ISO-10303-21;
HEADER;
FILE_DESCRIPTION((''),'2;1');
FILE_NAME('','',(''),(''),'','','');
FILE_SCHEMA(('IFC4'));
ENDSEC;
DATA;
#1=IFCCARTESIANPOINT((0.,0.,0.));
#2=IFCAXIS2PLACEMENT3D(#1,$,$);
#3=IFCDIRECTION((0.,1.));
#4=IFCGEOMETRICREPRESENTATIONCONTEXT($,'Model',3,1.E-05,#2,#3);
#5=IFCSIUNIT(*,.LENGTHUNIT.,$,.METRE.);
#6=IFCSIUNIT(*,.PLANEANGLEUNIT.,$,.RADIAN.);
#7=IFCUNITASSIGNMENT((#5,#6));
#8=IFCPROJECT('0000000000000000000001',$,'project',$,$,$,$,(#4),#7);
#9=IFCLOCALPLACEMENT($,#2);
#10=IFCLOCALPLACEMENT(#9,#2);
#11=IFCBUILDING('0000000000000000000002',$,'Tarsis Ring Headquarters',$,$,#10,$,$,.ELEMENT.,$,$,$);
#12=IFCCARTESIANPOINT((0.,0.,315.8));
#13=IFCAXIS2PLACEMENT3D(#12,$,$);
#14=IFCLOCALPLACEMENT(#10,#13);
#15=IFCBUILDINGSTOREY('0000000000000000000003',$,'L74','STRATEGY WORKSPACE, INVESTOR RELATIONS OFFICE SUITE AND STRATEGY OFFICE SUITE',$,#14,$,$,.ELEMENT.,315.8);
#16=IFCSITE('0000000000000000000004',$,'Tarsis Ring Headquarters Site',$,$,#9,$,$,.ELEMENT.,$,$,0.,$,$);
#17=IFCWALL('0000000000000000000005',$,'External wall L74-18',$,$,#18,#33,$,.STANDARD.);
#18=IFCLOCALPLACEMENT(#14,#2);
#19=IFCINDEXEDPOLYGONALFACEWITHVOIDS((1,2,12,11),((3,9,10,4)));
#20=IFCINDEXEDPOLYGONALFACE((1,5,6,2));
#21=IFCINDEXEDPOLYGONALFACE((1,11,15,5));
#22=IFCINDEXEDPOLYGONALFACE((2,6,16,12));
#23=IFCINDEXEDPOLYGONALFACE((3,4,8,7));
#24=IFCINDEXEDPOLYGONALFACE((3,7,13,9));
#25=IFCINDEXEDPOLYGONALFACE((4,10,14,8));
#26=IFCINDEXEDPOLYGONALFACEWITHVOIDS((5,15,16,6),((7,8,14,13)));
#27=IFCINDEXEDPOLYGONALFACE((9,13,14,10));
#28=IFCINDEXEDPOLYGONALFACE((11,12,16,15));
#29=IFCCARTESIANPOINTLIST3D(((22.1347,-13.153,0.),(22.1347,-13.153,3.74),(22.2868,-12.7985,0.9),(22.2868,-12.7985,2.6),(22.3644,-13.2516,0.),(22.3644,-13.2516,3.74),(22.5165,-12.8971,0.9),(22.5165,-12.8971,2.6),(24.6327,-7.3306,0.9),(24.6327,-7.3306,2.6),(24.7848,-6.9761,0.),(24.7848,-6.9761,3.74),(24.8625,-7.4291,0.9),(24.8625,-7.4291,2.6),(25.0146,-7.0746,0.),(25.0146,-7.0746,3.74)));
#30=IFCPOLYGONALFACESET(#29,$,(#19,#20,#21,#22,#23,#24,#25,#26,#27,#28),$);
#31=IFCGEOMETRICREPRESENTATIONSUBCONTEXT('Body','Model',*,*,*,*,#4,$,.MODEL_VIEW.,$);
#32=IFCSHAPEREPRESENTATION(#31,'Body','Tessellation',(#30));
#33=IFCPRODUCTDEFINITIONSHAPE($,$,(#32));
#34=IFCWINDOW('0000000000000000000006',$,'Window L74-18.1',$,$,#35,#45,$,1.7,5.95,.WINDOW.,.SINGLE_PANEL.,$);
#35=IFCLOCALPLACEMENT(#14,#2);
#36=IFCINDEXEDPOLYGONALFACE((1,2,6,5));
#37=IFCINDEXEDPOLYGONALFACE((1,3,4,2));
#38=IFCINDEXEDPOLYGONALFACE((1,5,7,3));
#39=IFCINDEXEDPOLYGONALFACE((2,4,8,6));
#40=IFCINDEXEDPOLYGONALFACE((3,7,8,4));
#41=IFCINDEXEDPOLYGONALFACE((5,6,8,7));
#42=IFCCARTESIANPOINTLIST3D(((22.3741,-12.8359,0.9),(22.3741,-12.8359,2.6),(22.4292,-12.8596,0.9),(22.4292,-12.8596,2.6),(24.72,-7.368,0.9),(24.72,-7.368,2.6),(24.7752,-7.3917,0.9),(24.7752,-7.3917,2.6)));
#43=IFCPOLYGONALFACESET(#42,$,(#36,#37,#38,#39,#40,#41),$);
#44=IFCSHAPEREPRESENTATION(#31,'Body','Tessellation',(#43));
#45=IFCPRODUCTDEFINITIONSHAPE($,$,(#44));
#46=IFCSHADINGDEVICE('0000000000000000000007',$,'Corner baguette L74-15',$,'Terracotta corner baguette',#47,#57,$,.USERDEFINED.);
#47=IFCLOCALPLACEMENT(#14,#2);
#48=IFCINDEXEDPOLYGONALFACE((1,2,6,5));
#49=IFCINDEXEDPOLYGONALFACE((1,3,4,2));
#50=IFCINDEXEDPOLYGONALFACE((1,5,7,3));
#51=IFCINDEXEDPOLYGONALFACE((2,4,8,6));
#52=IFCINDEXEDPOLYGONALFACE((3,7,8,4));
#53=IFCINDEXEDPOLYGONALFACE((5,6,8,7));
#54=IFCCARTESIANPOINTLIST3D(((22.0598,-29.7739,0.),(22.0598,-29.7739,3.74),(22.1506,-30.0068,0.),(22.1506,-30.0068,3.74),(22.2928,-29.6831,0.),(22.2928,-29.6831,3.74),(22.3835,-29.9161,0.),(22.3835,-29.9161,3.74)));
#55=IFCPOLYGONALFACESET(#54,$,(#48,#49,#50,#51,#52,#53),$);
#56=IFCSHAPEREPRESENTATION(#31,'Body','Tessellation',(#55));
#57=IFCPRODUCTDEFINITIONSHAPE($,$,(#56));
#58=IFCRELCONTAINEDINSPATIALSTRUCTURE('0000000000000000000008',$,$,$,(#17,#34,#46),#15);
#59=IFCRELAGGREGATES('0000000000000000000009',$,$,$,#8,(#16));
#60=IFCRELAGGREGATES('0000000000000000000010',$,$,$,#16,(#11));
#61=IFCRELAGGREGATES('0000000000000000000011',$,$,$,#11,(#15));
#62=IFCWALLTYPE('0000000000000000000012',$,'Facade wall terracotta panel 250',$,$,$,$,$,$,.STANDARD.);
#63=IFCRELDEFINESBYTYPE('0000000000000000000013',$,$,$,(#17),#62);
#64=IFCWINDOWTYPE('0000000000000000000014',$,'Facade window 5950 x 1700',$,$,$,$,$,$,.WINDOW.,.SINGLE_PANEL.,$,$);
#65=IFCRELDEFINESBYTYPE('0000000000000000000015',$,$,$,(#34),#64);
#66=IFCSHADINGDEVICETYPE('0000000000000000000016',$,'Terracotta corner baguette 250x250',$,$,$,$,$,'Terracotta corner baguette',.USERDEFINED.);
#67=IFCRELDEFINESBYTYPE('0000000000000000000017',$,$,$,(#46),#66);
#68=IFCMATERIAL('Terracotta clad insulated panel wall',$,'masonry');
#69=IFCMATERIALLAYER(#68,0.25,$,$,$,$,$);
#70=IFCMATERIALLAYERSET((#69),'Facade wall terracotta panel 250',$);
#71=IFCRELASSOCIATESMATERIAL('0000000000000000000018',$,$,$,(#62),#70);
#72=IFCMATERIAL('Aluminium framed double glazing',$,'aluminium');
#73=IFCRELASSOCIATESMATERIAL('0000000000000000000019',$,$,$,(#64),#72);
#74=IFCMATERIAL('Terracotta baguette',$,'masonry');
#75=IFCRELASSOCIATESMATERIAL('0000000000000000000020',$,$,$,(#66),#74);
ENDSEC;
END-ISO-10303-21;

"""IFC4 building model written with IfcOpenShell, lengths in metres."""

from ifc_helpers import new_model, si_unit, direction, frame, frame_2d, origin, origin_2d, place, context, subcontext, project, spatial, rectangle, extrude, material, layer, layer_set, type_object, element, fill, save


model = new_model("IFC4")

# Units and contexts
model_context = context("Model", 3, precision=1e-05, world=origin(), true_north=direction((0.0, 1.0)))
body_context = subcontext(model_context, "Body", "Model", "MODEL_VIEW")
ifc_project = project(units=[si_unit("LENGTHUNIT", "METRE"), si_unit("PLANEANGLEUNIT", "RADIAN")], contexts=[model_context])

# Site, building, storey
site_placement = place(None, origin())
site = spatial("IfcSite", under=ifc_project, at=site_placement, Name="Tarsis Ring Headquarters Site", CompositionType="ELEMENT", RefElevation=0.0)
building_placement = place(site_placement, origin())
building = spatial("IfcBuilding", under=site, at=building_placement, Name="Tarsis Ring Headquarters", CompositionType="ELEMENT")
storey_placement = place(building_placement, frame((0.0, 0.0, 315.8)))
storey = spatial("IfcBuildingStorey", under=building, at=storey_placement, Name="L74", Description="STRATEGY WORKSPACE, INVESTOR RELATIONS OFFICE SUITE AND STRATEGY OFFICE SUITE", CompositionType="ELEMENT", Elevation=315.8)

# Wall, opening, window
ifc_material_1 = material(Name="Terracotta clad insulated panel wall", Category="masonry")
ifc_layer_1 = layer(ifc_material_1, 0.25)
ifc_layer_set_1 = layer_set([ifc_layer_1], Name="Facade wall terracotta panel 250")
wall_type_1 = type_object("IfcWallType", Name="Facade wall terracotta panel 250", PredefinedType="STANDARD", material=ifc_layer_set_1)
ifc_material_2 = material(Name="Aluminium framed double glazing", Category="aluminium")
wall_1_placement = place(storey_placement, frame((22.2495, -13.2024, 0.0), z_axis=(0.0, 0.0, 1.0), x_axis=(0.394279, 0.918991, 0.0)))
wall_1 = element("IfcWall", 1, at=wall_1_placement, inside=storey, type_object=wall_type_1, Name="External wall L74-18", PredefinedType="STANDARD", context=body_context, shape_type="SweptSolid", body=[
    extrude(rectangle(XDim=6.7214, YDim=0.25, at=frame_2d((3.3608, 0.0))), origin(), (0.0, 0.0, 1.0), 3.74),
])
opening_1_placement = place(wall_1_placement, frame((0.3857, 0.0, 0.8999)))
opening_1 = element("IfcOpeningElement", 2, at=opening_1_placement, cuts=wall_1, PredefinedType="OPENING", context=body_context, shape_type="SweptSolid", body=[
    extrude(rectangle(XDim=5.95, YDim=1.7, at=frame_2d((2.9751, 0.8501))), frame((0.0, 0.135, 0.0), z_axis=(0.0, -1.0, 0.0), x_axis=(1.0, 0.0, 0.0)), (0.0, 0.0, 1.0), 0.27),
])
window_type_1 = type_object("IfcWindowType", Name="Facade window 5950 x 1700", PartitioningType="SINGLE_PANEL", PredefinedType="WINDOW", material=ifc_material_2)
window_1_placement = place(opening_1_placement, origin())
window_1 = element("IfcWindow", 3, at=window_1_placement, inside=storey, type_object=window_type_1, Name="Window L74-18.1", OverallHeight=1.7, OverallWidth=5.95, PartitioningType="SINGLE_PANEL", PredefinedType="WINDOW", context=body_context, shape_type="SweptSolid", body=[
    extrude(rectangle(XDim=5.95, YDim=1.7, at=frame_2d((2.9751, 0.8501))), frame((0.0, 0.03, 0.0), z_axis=(0.0, -1.0, 0.0), x_axis=(1.0, 0.0, 0.0)), (0.0, 0.0, 1.0), 0.0601),
])
fill(opening_1, window_1)

# Shading device
ifc_material_3 = material(Name="Terracotta baguette", Category="masonry")
shading_device_type = type_object("IfcShadingDeviceType", Name="Terracotta corner baguette 250x250", ElementType="Terracotta corner baguette", PredefinedType="USERDEFINED", material=ifc_material_3)
shading_device_placement = place(storey_placement, frame((22.2217, -29.845, 0.0), z_axis=(0.0, 0.0, 1.0), x_axis=(-0.362926, 0.931818, 0.0)))
element("IfcShadingDevice", 4, at=shading_device_placement, inside=storey, type_object=shading_device_type, Name="Corner baguette L74-15", ObjectType="Terracotta corner baguette", PredefinedType="USERDEFINED", context=body_context, shape_type="SweptSolid", body=[
    extrude(rectangle(XDim=0.25, YDim=0.25, at=origin_2d()), origin(), (0.0, 0.0, 1.0), 3.74),
])

save(model, "model.ifc")
